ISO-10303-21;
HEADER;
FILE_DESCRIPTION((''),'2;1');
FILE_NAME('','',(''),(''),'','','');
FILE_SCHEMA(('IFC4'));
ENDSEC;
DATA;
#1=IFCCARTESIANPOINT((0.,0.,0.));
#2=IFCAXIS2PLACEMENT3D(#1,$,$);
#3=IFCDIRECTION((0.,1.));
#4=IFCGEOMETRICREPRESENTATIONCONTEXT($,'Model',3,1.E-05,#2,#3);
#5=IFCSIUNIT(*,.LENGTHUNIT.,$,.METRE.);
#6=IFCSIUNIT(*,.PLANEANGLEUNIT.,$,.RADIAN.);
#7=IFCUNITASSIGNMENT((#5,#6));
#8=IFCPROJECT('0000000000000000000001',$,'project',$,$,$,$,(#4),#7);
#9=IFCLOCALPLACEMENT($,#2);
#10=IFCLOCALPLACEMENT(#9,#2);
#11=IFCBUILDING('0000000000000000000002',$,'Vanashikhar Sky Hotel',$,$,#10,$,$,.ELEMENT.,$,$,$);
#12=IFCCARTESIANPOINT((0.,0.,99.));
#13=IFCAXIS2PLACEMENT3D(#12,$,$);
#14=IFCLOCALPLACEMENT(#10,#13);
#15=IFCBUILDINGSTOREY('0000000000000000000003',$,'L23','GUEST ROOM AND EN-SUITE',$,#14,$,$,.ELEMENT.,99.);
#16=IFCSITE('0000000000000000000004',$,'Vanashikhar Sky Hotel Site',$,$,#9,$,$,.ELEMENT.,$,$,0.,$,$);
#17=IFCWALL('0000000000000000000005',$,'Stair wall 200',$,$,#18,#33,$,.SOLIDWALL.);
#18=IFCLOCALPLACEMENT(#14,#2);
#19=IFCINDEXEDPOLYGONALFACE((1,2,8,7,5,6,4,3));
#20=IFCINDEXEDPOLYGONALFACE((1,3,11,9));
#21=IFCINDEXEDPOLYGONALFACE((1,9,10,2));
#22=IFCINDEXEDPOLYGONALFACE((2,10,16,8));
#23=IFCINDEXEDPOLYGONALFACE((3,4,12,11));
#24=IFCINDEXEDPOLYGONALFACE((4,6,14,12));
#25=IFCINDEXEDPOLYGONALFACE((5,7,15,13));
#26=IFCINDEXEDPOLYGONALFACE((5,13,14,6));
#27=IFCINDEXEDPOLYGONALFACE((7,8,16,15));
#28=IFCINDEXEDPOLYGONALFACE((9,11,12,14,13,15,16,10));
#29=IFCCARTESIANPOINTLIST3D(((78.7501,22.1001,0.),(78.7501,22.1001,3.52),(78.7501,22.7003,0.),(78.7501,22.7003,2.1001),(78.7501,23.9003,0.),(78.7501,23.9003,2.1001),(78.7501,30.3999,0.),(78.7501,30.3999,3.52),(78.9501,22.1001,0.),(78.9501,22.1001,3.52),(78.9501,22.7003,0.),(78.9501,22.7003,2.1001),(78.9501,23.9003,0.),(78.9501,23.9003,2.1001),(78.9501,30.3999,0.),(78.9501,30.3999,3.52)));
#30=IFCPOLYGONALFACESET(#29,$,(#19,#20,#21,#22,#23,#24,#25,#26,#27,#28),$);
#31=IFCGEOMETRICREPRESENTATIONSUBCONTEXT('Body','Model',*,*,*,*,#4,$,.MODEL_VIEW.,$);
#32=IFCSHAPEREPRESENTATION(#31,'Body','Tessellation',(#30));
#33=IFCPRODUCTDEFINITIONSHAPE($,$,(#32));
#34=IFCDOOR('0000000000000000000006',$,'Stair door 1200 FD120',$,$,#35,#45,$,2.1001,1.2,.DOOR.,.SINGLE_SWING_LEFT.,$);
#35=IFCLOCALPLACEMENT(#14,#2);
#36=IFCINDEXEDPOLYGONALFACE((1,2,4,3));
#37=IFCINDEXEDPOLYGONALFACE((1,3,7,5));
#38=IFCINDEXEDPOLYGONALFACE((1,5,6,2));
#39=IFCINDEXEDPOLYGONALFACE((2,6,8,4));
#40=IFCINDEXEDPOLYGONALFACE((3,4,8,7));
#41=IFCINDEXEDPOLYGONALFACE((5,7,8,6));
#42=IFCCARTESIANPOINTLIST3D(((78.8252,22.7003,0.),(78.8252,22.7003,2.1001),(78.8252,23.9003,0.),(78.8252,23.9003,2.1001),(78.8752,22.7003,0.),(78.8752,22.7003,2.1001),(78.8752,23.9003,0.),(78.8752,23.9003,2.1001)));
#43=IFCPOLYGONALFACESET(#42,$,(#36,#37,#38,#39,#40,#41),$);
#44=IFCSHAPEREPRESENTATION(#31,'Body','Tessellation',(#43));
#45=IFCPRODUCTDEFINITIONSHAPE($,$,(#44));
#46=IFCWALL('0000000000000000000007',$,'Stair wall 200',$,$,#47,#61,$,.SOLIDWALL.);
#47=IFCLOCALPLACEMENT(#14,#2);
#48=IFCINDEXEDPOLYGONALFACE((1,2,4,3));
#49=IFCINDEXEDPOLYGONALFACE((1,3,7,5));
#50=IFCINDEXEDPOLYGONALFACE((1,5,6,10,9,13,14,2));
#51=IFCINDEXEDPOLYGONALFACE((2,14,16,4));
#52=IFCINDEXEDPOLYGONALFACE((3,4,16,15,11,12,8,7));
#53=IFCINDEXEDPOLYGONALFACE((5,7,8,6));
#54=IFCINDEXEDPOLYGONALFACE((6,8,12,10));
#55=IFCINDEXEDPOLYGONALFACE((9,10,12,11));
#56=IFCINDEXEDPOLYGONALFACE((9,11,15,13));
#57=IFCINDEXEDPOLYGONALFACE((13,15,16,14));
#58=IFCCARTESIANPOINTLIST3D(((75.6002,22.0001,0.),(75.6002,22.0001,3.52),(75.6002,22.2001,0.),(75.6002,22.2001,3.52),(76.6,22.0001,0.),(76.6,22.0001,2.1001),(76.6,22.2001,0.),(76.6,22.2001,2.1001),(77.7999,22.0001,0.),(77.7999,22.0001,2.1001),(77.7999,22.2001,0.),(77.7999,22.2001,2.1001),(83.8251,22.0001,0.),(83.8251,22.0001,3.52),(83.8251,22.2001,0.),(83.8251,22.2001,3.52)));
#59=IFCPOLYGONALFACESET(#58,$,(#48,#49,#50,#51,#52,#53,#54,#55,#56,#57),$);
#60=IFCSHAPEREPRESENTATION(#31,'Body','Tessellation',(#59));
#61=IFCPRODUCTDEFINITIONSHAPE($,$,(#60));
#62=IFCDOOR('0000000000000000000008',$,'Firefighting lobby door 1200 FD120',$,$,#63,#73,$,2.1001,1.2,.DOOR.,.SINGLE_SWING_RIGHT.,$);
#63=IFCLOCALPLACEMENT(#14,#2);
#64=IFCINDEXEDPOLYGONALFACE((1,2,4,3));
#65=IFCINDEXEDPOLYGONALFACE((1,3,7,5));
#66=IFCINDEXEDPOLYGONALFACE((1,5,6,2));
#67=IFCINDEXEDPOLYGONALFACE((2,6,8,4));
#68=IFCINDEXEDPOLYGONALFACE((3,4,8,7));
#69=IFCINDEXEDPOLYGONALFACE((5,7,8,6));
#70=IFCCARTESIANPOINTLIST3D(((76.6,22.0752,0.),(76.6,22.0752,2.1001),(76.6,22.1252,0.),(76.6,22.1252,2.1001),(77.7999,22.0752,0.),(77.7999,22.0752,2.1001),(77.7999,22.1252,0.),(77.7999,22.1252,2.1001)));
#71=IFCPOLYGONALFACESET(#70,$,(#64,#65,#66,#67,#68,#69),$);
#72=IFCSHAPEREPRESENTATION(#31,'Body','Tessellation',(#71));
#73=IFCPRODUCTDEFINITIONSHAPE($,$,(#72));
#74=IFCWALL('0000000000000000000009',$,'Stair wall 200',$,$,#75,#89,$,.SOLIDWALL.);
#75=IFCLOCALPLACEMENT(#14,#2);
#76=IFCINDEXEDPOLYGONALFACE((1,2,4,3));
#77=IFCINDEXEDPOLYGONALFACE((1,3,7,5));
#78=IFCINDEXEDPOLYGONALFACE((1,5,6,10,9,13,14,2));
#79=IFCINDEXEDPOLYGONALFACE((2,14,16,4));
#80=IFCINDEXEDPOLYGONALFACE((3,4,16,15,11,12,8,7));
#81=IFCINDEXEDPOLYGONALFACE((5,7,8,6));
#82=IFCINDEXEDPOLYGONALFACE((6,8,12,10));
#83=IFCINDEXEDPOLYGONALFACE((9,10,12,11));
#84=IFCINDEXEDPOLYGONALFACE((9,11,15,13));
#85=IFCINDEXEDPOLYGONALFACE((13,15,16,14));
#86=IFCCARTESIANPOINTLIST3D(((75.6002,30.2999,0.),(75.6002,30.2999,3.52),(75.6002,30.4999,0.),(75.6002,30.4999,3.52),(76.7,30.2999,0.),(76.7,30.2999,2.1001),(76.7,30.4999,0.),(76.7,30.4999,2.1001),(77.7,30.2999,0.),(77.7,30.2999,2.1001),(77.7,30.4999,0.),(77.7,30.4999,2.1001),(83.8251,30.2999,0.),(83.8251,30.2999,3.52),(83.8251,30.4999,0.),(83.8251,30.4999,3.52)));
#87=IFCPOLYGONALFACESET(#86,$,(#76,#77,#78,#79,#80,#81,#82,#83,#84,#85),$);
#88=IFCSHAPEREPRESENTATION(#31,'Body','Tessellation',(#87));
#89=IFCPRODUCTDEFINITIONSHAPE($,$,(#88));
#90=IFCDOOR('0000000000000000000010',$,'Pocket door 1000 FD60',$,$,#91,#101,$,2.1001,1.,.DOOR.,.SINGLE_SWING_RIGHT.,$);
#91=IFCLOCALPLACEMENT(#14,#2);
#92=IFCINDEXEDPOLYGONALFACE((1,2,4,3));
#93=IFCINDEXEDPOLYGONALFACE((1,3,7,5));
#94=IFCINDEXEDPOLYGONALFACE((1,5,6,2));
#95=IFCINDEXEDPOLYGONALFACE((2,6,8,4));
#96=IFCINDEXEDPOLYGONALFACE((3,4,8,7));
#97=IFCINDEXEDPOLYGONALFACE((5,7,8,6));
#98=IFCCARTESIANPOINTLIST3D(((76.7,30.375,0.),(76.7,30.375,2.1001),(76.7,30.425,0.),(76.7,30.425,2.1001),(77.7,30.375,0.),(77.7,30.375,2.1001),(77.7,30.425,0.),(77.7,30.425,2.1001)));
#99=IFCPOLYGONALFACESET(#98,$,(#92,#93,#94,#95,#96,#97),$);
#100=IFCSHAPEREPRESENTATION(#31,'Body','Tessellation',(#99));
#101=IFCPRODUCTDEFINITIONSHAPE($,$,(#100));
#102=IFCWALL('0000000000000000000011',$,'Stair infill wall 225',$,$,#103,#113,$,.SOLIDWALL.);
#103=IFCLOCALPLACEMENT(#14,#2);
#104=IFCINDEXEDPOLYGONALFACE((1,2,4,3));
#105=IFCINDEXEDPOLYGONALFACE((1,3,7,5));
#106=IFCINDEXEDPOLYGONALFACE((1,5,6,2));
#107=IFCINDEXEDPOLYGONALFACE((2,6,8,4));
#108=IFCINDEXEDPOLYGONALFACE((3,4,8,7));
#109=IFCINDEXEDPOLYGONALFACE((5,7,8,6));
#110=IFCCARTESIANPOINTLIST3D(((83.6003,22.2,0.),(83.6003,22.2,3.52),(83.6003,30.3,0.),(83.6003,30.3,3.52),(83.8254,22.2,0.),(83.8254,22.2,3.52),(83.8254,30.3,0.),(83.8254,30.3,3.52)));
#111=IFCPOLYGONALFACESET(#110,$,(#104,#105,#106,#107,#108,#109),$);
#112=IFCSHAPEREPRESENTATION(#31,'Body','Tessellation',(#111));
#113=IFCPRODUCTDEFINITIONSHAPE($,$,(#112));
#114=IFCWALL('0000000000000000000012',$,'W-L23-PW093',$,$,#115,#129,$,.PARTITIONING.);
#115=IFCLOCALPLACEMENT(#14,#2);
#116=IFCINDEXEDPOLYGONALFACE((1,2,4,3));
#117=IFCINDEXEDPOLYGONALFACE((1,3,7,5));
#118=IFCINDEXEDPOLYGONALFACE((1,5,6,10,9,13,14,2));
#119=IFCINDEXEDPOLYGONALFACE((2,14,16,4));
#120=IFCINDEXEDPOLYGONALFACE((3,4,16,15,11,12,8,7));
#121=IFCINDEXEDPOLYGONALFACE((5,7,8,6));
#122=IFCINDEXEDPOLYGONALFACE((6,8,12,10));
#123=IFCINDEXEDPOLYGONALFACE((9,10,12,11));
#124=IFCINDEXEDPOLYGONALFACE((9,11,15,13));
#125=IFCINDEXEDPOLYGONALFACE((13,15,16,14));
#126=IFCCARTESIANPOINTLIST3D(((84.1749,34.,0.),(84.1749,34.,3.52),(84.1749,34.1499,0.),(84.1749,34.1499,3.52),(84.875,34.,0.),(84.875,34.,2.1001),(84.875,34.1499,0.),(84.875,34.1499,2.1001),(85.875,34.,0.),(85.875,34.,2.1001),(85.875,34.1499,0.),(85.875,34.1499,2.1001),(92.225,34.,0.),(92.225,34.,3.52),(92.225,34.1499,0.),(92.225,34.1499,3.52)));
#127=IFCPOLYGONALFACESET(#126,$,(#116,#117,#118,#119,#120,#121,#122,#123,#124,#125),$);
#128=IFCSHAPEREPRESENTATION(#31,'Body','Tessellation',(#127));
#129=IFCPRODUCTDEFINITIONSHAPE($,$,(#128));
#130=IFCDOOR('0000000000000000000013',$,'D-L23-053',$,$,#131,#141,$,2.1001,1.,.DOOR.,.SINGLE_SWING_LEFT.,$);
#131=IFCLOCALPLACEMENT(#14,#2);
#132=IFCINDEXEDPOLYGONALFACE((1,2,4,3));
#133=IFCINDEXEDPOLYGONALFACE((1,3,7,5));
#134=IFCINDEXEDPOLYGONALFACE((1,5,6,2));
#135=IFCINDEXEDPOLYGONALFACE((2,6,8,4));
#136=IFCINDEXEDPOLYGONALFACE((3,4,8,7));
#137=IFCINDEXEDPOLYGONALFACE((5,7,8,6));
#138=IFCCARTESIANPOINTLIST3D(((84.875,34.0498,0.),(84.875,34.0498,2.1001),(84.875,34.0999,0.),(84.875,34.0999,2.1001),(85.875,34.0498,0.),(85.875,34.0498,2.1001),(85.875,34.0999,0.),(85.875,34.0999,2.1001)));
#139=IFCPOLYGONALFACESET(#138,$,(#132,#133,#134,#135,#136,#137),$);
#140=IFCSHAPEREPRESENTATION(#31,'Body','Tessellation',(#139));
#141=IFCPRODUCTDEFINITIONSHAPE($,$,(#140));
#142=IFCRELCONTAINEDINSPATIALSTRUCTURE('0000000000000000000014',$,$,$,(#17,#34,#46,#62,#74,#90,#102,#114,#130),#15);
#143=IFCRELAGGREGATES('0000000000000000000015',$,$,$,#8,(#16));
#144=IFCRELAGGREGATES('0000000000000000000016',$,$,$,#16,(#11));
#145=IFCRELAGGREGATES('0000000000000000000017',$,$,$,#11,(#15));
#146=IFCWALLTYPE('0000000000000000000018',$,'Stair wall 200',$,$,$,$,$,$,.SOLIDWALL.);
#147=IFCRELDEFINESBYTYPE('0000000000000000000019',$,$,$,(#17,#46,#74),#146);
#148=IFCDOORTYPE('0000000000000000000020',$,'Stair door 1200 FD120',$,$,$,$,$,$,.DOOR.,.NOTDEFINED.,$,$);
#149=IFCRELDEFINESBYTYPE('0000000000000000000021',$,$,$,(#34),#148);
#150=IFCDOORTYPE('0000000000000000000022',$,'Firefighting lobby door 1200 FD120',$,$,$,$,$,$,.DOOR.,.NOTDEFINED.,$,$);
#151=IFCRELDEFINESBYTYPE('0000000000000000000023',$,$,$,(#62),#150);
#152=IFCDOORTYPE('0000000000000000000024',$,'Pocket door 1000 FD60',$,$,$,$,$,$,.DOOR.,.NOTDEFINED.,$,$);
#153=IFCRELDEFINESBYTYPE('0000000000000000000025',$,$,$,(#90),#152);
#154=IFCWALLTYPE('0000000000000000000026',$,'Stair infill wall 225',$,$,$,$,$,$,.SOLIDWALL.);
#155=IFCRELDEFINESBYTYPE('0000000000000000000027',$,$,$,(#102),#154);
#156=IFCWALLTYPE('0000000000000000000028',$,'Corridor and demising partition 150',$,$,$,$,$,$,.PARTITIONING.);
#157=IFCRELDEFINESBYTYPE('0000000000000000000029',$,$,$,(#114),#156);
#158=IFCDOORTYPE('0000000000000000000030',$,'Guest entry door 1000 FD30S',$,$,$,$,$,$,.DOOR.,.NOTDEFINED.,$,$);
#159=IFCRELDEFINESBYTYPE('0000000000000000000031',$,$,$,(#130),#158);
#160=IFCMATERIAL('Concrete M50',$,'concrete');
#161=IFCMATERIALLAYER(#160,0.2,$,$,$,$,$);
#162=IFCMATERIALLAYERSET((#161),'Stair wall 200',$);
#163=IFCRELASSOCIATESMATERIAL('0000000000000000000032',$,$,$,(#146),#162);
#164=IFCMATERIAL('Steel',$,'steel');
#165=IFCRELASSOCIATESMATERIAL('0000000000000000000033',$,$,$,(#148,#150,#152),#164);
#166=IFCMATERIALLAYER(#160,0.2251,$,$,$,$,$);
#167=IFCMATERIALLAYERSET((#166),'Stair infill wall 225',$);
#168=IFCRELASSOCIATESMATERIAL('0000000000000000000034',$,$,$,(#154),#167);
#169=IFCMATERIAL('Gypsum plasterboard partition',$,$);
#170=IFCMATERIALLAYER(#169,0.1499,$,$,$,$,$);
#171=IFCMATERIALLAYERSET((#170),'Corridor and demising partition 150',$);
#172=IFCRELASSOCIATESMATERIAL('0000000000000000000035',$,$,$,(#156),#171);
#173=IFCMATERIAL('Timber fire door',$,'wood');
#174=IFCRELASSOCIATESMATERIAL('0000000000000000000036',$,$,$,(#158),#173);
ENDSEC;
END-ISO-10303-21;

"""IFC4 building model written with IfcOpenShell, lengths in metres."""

from ifc_helpers import new_model, si_unit, direction, frame, frame_2d, origin, place, context, subcontext, project, spatial, rectangle, extrude, source, transform, mapped, material, layer, layer_set, type_object, element, fill, save


model = new_model("IFC4")

# Units and contexts
model_context = context("Model", 3, precision=1e-05, world=origin(), true_north=direction((0.0, 1.0)))
body_context = subcontext(model_context, "Body", "Model", "MODEL_VIEW")
ifc_project = project(units=[si_unit("LENGTHUNIT", "METRE"), si_unit("PLANEANGLEUNIT", "RADIAN")], contexts=[model_context])

# Site, building, storey
site_placement = place(None, origin())
site = spatial("IfcSite", under=ifc_project, at=site_placement, Name="Vanashikhar Sky Hotel Site", CompositionType="ELEMENT", RefElevation=0.0)
building_placement = place(site_placement, origin())
building = spatial("IfcBuilding", under=site, at=building_placement, Name="Vanashikhar Sky Hotel", CompositionType="ELEMENT")
storey_placement = place(building_placement, frame((0.0, 0.0, 99.0)))
storey = spatial("IfcBuildingStorey", under=building, at=storey_placement, Name="L23", Description="GUEST ROOM AND EN-SUITE", CompositionType="ELEMENT", Elevation=99.0)

# Shared definitions
ifc_material_1 = material(Name="Concrete M50", Category="concrete")

# Shared definitions
ifc_material_2 = material(Name="Steel", Category="steel")
shared_shape_1 = source(origin(), body_context, "Body", "SweptSolid", [
    extrude(rectangle(XDim=1.2, YDim=2.1001, at=frame_2d((0.6001, 1.05))), frame((0.0, 0.0249, 0.0), z_axis=(0.0, -1.0, 0.0), x_axis=(1.0, 0.0, 0.0)), (0.0, 0.0, 1.0), 0.05),
])

# Walls, openings, doors
ifc_layer_1 = layer(ifc_material_1, 0.2)
ifc_layer_set_1 = layer_set([ifc_layer_1], Name="Stair wall 200")
wall_type_1 = type_object("IfcWallType", Name="Stair wall 200", PredefinedType="SOLIDWALL", material=ifc_layer_set_1)
shared_shape_2 = source(origin(), body_context, "Body", "SweptSolid", [
    extrude(rectangle(XDim=8.2998, YDim=0.2, at=frame_2d((4.1499, 0.0))), origin(), (0.0, 0.0, 1.0), 3.52),
])
wall_1_placement = place(storey_placement, frame((78.8501, 22.1001, 0.0), z_axis=(0.0, 0.0, 1.0), x_axis=(0.0, 1.0, 0.0)))
wall_1 = element("IfcWall", 1, at=wall_1_placement, inside=storey, type_object=wall_type_1, Name="Stair wall 200", PredefinedType="SOLIDWALL", context=body_context, shape_type="MappedRepresentation", body=[
    mapped(shared_shape_2, transform((0.0, 0.0, 0.0), scale=1.0)),
])
shared_shape_3 = source(origin(), body_context, "Body", "SweptSolid", [
    extrude(rectangle(XDim=1.2, YDim=2.1001, at=frame_2d((0.6001, 1.05))), frame((0.0, 0.1099, 0.0), z_axis=(0.0, -1.0, 0.0), x_axis=(1.0, 0.0, 0.0)), (0.0, 0.0, 1.0), 0.22),
])
opening_1_placement = place(wall_1_placement, frame((0.6001, 0.0, 0.0)))
opening_1 = element("IfcOpeningElement", 2, at=opening_1_placement, cuts=wall_1, PredefinedType="OPENING", context=body_context, shape_type="MappedRepresentation", body=[
    mapped(shared_shape_3, transform((0.0, 0.0, 0.0), scale=1.0)),
])
door_type_1 = type_object("IfcDoorType", Name="Stair door 1200 FD120", OperationType="NOTDEFINED", PredefinedType="DOOR", material=ifc_material_2)
door_1_placement = place(opening_1_placement, origin())
door_1 = element("IfcDoor", 3, at=door_1_placement, inside=storey, type_object=door_type_1, Name="Stair door 1200 FD120", OperationType="SINGLE_SWING_LEFT", OverallHeight=2.1001, OverallWidth=1.2, PredefinedType="DOOR", context=body_context, shape_type="MappedRepresentation", body=[
    mapped(shared_shape_1, transform((0.0, 0.0, 0.0), scale=1.0)),
])
fill(opening_1, door_1)
shared_shape_4 = source(origin(), body_context, "Body", "SweptSolid", [
    extrude(rectangle(XDim=8.2249, YDim=0.2, at=frame_2d((4.1123, 0.0))), origin(), (0.0, 0.0, 1.0), 3.52),
])
wall_2_placement = place(storey_placement, frame((83.825, 22.1001, 0.0), z_axis=(0.0, 0.0, 1.0), x_axis=(-1.0, 0.0, 0.0)))
wall_2 = element("IfcWall", 4, at=wall_2_placement, inside=storey, type_object=wall_type_1, Name="Stair wall 200", PredefinedType="SOLIDWALL", context=body_context, shape_type="MappedRepresentation", body=[
    mapped(shared_shape_4, transform((0.0, 0.0, 0.0), scale=1.0)),
])
opening_2_placement = place(wall_2_placement, frame((6.0249, 0.0, 0.0)))
opening_2 = element("IfcOpeningElement", 5, at=opening_2_placement, cuts=wall_2, PredefinedType="OPENING", context=body_context, shape_type="MappedRepresentation", body=[
    mapped(shared_shape_3, transform((0.0, 0.0, 0.0), scale=1.0)),
])
door_type_2 = type_object("IfcDoorType", Name="Firefighting lobby door 1200 FD120", OperationType="NOTDEFINED", PredefinedType="DOOR", material=ifc_material_2)
door_2_placement = place(opening_2_placement, origin())
door_2 = element("IfcDoor", 6, at=door_2_placement, inside=storey, type_object=door_type_2, Name="Firefighting lobby door 1200 FD120", OperationType="SINGLE_SWING_RIGHT", OverallHeight=2.1001, OverallWidth=1.2, PredefinedType="DOOR", context=body_context, shape_type="MappedRepresentation", body=[
    mapped(shared_shape_1, transform((0.0, 0.0, 0.0), scale=1.0)),
])
fill(opening_2, door_2)
wall_3_placement = place(storey_placement, frame((83.825, 30.3999, 0.0), z_axis=(0.0, 0.0, 1.0), x_axis=(-1.0, 0.0, 0.0)))
wall_3 = element("IfcWall", 7, at=wall_3_placement, inside=storey, type_object=wall_type_1, Name="Stair wall 200", PredefinedType="SOLIDWALL", context=body_context, shape_type="MappedRepresentation", body=[
    mapped(shared_shape_4, transform((0.0, 0.0, 0.0), scale=1.0)),
])
shared_shape_5 = source(origin(), body_context, "Body", "SweptSolid", [
    extrude(rectangle(XDim=1.0, YDim=2.1001, at=frame_2d((0.5, 1.05))), frame((0.0, 0.1099, 0.0), z_axis=(0.0, -1.0, 0.0), x_axis=(1.0, 0.0, 0.0)), (0.0, 0.0, 1.0), 0.22),
])
opening_3_placement = place(wall_3_placement, frame((6.125, 0.0, 0.0)))
opening_3 = element("IfcOpeningElement", 8, at=opening_3_placement, cuts=wall_3, PredefinedType="OPENING", context=body_context, shape_type="MappedRepresentation", body=[
    mapped(shared_shape_5, transform((0.0, 0.0, 0.0), scale=1.0)),
])
door_type_3 = type_object("IfcDoorType", Name="Pocket door 1000 FD60", OperationType="NOTDEFINED", PredefinedType="DOOR", material=ifc_material_2)
shared_shape_6 = source(origin(), body_context, "Body", "SweptSolid", [
    extrude(rectangle(XDim=1.0, YDim=2.1001, at=frame_2d((0.5, 1.05))), frame((0.0, 0.0249, 0.0), z_axis=(0.0, -1.0, 0.0), x_axis=(1.0, 0.0, 0.0)), (0.0, 0.0, 1.0), 0.05),
])
door_3_placement = place(opening_3_placement, origin())
door_3 = element("IfcDoor", 9, at=door_3_placement, inside=storey, type_object=door_type_3, Name="Pocket door 1000 FD60", OperationType="SINGLE_SWING_RIGHT", OverallHeight=2.1001, OverallWidth=1.0, PredefinedType="DOOR", context=body_context, shape_type="MappedRepresentation", body=[
    mapped(shared_shape_6, transform((0.0, 0.0, 0.0), scale=1.0)),
])
fill(opening_3, door_3)

# Wall
ifc_layer_2 = layer(ifc_material_1, 0.2251)
ifc_layer_set_2 = layer_set([ifc_layer_2], Name="Stair infill wall 225")
wall_type_2 = type_object("IfcWallType", Name="Stair infill wall 225", PredefinedType="SOLIDWALL", material=ifc_layer_set_2)
shared_shape_7 = source(origin(), body_context, "Body", "SweptSolid", [
    extrude(rectangle(XDim=8.1001, YDim=0.2251, at=frame_2d((4.05, 0.0))), origin(), (0.0, 0.0, 1.0), 3.52),
])
wall_4_placement = place(storey_placement, frame((83.7129, 22.2, 0.0), z_axis=(0.0, 0.0, 1.0), x_axis=(0.0, 1.0, 0.0)))
element("IfcWall", 10, at=wall_4_placement, inside=storey, type_object=wall_type_2, Name="Stair infill wall 225", PredefinedType="SOLIDWALL", context=body_context, shape_type="MappedRepresentation", body=[
    mapped(shared_shape_7, transform((0.0, 0.0, 0.0), scale=1.0)),
])

# Wall, opening, door
ifc_material_3 = material(Name="Gypsum plasterboard partition")
ifc_layer_3 = layer(ifc_material_3, 0.1499)
ifc_layer_set_3 = layer_set([ifc_layer_3], Name="Corridor and demising partition 150")
wall_type_3 = type_object("IfcWallType", Name="Corridor and demising partition 150", PredefinedType="PARTITIONING", material=ifc_layer_set_3)
shared_shape_8 = source(origin(), body_context, "Body", "SweptSolid", [
    extrude(rectangle(XDim=8.05, YDim=0.1499, at=frame_2d((4.0249, 0.0))), origin(), (0.0, 0.0, 1.0), 3.52),
])
wall_5_placement = place(storey_placement, frame((84.175, 34.075, 0.0), z_axis=(0.0, 0.0, 1.0), x_axis=(1.0, 0.0, 0.0)))
wall_5 = element("IfcWall", 11, at=wall_5_placement, inside=storey, type_object=wall_type_3, Name="W-L23-PW093", PredefinedType="PARTITIONING", context=body_context, shape_type="MappedRepresentation", body=[
    mapped(shared_shape_8, transform((0.0, 0.0, 0.0), scale=1.0)),
])
shared_shape_9 = source(origin(), body_context, "Body", "SweptSolid", [
    extrude(rectangle(XDim=1.0, YDim=2.1001, at=frame_2d((0.5, 1.05))), frame((0.0, 0.085, 0.0), z_axis=(0.0, -1.0, 0.0), x_axis=(1.0, 0.0, 0.0)), (0.0, 0.0, 1.0), 0.1699),
])
opening_4_placement = place(wall_5_placement, frame((0.7, 0.0, 0.0)))
opening_4 = element("IfcOpeningElement", 12, at=opening_4_placement, cuts=wall_5, PredefinedType="OPENING", context=body_context, shape_type="MappedRepresentation", body=[
    mapped(shared_shape_9, transform((0.0, 0.0, 0.0), scale=1.0)),
])
ifc_material_4 = material(Name="Timber fire door", Category="wood")
door_type_4 = type_object("IfcDoorType", Name="Guest entry door 1000 FD30S", OperationType="NOTDEFINED", PredefinedType="DOOR", material=ifc_material_4)
door_4_placement = place(opening_4_placement, origin())
door_4 = element("IfcDoor", 13, at=door_4_placement, inside=storey, type_object=door_type_4, Name="D-L23-053", OperationType="SINGLE_SWING_LEFT", OverallHeight=2.1001, OverallWidth=1.0, PredefinedType="DOOR", context=body_context, shape_type="MappedRepresentation", body=[
    mapped(shared_shape_6, transform((0.0, 0.0, 0.0), scale=1.0)),
])
fill(opening_4, door_4)

save(model, "model.ifc")
